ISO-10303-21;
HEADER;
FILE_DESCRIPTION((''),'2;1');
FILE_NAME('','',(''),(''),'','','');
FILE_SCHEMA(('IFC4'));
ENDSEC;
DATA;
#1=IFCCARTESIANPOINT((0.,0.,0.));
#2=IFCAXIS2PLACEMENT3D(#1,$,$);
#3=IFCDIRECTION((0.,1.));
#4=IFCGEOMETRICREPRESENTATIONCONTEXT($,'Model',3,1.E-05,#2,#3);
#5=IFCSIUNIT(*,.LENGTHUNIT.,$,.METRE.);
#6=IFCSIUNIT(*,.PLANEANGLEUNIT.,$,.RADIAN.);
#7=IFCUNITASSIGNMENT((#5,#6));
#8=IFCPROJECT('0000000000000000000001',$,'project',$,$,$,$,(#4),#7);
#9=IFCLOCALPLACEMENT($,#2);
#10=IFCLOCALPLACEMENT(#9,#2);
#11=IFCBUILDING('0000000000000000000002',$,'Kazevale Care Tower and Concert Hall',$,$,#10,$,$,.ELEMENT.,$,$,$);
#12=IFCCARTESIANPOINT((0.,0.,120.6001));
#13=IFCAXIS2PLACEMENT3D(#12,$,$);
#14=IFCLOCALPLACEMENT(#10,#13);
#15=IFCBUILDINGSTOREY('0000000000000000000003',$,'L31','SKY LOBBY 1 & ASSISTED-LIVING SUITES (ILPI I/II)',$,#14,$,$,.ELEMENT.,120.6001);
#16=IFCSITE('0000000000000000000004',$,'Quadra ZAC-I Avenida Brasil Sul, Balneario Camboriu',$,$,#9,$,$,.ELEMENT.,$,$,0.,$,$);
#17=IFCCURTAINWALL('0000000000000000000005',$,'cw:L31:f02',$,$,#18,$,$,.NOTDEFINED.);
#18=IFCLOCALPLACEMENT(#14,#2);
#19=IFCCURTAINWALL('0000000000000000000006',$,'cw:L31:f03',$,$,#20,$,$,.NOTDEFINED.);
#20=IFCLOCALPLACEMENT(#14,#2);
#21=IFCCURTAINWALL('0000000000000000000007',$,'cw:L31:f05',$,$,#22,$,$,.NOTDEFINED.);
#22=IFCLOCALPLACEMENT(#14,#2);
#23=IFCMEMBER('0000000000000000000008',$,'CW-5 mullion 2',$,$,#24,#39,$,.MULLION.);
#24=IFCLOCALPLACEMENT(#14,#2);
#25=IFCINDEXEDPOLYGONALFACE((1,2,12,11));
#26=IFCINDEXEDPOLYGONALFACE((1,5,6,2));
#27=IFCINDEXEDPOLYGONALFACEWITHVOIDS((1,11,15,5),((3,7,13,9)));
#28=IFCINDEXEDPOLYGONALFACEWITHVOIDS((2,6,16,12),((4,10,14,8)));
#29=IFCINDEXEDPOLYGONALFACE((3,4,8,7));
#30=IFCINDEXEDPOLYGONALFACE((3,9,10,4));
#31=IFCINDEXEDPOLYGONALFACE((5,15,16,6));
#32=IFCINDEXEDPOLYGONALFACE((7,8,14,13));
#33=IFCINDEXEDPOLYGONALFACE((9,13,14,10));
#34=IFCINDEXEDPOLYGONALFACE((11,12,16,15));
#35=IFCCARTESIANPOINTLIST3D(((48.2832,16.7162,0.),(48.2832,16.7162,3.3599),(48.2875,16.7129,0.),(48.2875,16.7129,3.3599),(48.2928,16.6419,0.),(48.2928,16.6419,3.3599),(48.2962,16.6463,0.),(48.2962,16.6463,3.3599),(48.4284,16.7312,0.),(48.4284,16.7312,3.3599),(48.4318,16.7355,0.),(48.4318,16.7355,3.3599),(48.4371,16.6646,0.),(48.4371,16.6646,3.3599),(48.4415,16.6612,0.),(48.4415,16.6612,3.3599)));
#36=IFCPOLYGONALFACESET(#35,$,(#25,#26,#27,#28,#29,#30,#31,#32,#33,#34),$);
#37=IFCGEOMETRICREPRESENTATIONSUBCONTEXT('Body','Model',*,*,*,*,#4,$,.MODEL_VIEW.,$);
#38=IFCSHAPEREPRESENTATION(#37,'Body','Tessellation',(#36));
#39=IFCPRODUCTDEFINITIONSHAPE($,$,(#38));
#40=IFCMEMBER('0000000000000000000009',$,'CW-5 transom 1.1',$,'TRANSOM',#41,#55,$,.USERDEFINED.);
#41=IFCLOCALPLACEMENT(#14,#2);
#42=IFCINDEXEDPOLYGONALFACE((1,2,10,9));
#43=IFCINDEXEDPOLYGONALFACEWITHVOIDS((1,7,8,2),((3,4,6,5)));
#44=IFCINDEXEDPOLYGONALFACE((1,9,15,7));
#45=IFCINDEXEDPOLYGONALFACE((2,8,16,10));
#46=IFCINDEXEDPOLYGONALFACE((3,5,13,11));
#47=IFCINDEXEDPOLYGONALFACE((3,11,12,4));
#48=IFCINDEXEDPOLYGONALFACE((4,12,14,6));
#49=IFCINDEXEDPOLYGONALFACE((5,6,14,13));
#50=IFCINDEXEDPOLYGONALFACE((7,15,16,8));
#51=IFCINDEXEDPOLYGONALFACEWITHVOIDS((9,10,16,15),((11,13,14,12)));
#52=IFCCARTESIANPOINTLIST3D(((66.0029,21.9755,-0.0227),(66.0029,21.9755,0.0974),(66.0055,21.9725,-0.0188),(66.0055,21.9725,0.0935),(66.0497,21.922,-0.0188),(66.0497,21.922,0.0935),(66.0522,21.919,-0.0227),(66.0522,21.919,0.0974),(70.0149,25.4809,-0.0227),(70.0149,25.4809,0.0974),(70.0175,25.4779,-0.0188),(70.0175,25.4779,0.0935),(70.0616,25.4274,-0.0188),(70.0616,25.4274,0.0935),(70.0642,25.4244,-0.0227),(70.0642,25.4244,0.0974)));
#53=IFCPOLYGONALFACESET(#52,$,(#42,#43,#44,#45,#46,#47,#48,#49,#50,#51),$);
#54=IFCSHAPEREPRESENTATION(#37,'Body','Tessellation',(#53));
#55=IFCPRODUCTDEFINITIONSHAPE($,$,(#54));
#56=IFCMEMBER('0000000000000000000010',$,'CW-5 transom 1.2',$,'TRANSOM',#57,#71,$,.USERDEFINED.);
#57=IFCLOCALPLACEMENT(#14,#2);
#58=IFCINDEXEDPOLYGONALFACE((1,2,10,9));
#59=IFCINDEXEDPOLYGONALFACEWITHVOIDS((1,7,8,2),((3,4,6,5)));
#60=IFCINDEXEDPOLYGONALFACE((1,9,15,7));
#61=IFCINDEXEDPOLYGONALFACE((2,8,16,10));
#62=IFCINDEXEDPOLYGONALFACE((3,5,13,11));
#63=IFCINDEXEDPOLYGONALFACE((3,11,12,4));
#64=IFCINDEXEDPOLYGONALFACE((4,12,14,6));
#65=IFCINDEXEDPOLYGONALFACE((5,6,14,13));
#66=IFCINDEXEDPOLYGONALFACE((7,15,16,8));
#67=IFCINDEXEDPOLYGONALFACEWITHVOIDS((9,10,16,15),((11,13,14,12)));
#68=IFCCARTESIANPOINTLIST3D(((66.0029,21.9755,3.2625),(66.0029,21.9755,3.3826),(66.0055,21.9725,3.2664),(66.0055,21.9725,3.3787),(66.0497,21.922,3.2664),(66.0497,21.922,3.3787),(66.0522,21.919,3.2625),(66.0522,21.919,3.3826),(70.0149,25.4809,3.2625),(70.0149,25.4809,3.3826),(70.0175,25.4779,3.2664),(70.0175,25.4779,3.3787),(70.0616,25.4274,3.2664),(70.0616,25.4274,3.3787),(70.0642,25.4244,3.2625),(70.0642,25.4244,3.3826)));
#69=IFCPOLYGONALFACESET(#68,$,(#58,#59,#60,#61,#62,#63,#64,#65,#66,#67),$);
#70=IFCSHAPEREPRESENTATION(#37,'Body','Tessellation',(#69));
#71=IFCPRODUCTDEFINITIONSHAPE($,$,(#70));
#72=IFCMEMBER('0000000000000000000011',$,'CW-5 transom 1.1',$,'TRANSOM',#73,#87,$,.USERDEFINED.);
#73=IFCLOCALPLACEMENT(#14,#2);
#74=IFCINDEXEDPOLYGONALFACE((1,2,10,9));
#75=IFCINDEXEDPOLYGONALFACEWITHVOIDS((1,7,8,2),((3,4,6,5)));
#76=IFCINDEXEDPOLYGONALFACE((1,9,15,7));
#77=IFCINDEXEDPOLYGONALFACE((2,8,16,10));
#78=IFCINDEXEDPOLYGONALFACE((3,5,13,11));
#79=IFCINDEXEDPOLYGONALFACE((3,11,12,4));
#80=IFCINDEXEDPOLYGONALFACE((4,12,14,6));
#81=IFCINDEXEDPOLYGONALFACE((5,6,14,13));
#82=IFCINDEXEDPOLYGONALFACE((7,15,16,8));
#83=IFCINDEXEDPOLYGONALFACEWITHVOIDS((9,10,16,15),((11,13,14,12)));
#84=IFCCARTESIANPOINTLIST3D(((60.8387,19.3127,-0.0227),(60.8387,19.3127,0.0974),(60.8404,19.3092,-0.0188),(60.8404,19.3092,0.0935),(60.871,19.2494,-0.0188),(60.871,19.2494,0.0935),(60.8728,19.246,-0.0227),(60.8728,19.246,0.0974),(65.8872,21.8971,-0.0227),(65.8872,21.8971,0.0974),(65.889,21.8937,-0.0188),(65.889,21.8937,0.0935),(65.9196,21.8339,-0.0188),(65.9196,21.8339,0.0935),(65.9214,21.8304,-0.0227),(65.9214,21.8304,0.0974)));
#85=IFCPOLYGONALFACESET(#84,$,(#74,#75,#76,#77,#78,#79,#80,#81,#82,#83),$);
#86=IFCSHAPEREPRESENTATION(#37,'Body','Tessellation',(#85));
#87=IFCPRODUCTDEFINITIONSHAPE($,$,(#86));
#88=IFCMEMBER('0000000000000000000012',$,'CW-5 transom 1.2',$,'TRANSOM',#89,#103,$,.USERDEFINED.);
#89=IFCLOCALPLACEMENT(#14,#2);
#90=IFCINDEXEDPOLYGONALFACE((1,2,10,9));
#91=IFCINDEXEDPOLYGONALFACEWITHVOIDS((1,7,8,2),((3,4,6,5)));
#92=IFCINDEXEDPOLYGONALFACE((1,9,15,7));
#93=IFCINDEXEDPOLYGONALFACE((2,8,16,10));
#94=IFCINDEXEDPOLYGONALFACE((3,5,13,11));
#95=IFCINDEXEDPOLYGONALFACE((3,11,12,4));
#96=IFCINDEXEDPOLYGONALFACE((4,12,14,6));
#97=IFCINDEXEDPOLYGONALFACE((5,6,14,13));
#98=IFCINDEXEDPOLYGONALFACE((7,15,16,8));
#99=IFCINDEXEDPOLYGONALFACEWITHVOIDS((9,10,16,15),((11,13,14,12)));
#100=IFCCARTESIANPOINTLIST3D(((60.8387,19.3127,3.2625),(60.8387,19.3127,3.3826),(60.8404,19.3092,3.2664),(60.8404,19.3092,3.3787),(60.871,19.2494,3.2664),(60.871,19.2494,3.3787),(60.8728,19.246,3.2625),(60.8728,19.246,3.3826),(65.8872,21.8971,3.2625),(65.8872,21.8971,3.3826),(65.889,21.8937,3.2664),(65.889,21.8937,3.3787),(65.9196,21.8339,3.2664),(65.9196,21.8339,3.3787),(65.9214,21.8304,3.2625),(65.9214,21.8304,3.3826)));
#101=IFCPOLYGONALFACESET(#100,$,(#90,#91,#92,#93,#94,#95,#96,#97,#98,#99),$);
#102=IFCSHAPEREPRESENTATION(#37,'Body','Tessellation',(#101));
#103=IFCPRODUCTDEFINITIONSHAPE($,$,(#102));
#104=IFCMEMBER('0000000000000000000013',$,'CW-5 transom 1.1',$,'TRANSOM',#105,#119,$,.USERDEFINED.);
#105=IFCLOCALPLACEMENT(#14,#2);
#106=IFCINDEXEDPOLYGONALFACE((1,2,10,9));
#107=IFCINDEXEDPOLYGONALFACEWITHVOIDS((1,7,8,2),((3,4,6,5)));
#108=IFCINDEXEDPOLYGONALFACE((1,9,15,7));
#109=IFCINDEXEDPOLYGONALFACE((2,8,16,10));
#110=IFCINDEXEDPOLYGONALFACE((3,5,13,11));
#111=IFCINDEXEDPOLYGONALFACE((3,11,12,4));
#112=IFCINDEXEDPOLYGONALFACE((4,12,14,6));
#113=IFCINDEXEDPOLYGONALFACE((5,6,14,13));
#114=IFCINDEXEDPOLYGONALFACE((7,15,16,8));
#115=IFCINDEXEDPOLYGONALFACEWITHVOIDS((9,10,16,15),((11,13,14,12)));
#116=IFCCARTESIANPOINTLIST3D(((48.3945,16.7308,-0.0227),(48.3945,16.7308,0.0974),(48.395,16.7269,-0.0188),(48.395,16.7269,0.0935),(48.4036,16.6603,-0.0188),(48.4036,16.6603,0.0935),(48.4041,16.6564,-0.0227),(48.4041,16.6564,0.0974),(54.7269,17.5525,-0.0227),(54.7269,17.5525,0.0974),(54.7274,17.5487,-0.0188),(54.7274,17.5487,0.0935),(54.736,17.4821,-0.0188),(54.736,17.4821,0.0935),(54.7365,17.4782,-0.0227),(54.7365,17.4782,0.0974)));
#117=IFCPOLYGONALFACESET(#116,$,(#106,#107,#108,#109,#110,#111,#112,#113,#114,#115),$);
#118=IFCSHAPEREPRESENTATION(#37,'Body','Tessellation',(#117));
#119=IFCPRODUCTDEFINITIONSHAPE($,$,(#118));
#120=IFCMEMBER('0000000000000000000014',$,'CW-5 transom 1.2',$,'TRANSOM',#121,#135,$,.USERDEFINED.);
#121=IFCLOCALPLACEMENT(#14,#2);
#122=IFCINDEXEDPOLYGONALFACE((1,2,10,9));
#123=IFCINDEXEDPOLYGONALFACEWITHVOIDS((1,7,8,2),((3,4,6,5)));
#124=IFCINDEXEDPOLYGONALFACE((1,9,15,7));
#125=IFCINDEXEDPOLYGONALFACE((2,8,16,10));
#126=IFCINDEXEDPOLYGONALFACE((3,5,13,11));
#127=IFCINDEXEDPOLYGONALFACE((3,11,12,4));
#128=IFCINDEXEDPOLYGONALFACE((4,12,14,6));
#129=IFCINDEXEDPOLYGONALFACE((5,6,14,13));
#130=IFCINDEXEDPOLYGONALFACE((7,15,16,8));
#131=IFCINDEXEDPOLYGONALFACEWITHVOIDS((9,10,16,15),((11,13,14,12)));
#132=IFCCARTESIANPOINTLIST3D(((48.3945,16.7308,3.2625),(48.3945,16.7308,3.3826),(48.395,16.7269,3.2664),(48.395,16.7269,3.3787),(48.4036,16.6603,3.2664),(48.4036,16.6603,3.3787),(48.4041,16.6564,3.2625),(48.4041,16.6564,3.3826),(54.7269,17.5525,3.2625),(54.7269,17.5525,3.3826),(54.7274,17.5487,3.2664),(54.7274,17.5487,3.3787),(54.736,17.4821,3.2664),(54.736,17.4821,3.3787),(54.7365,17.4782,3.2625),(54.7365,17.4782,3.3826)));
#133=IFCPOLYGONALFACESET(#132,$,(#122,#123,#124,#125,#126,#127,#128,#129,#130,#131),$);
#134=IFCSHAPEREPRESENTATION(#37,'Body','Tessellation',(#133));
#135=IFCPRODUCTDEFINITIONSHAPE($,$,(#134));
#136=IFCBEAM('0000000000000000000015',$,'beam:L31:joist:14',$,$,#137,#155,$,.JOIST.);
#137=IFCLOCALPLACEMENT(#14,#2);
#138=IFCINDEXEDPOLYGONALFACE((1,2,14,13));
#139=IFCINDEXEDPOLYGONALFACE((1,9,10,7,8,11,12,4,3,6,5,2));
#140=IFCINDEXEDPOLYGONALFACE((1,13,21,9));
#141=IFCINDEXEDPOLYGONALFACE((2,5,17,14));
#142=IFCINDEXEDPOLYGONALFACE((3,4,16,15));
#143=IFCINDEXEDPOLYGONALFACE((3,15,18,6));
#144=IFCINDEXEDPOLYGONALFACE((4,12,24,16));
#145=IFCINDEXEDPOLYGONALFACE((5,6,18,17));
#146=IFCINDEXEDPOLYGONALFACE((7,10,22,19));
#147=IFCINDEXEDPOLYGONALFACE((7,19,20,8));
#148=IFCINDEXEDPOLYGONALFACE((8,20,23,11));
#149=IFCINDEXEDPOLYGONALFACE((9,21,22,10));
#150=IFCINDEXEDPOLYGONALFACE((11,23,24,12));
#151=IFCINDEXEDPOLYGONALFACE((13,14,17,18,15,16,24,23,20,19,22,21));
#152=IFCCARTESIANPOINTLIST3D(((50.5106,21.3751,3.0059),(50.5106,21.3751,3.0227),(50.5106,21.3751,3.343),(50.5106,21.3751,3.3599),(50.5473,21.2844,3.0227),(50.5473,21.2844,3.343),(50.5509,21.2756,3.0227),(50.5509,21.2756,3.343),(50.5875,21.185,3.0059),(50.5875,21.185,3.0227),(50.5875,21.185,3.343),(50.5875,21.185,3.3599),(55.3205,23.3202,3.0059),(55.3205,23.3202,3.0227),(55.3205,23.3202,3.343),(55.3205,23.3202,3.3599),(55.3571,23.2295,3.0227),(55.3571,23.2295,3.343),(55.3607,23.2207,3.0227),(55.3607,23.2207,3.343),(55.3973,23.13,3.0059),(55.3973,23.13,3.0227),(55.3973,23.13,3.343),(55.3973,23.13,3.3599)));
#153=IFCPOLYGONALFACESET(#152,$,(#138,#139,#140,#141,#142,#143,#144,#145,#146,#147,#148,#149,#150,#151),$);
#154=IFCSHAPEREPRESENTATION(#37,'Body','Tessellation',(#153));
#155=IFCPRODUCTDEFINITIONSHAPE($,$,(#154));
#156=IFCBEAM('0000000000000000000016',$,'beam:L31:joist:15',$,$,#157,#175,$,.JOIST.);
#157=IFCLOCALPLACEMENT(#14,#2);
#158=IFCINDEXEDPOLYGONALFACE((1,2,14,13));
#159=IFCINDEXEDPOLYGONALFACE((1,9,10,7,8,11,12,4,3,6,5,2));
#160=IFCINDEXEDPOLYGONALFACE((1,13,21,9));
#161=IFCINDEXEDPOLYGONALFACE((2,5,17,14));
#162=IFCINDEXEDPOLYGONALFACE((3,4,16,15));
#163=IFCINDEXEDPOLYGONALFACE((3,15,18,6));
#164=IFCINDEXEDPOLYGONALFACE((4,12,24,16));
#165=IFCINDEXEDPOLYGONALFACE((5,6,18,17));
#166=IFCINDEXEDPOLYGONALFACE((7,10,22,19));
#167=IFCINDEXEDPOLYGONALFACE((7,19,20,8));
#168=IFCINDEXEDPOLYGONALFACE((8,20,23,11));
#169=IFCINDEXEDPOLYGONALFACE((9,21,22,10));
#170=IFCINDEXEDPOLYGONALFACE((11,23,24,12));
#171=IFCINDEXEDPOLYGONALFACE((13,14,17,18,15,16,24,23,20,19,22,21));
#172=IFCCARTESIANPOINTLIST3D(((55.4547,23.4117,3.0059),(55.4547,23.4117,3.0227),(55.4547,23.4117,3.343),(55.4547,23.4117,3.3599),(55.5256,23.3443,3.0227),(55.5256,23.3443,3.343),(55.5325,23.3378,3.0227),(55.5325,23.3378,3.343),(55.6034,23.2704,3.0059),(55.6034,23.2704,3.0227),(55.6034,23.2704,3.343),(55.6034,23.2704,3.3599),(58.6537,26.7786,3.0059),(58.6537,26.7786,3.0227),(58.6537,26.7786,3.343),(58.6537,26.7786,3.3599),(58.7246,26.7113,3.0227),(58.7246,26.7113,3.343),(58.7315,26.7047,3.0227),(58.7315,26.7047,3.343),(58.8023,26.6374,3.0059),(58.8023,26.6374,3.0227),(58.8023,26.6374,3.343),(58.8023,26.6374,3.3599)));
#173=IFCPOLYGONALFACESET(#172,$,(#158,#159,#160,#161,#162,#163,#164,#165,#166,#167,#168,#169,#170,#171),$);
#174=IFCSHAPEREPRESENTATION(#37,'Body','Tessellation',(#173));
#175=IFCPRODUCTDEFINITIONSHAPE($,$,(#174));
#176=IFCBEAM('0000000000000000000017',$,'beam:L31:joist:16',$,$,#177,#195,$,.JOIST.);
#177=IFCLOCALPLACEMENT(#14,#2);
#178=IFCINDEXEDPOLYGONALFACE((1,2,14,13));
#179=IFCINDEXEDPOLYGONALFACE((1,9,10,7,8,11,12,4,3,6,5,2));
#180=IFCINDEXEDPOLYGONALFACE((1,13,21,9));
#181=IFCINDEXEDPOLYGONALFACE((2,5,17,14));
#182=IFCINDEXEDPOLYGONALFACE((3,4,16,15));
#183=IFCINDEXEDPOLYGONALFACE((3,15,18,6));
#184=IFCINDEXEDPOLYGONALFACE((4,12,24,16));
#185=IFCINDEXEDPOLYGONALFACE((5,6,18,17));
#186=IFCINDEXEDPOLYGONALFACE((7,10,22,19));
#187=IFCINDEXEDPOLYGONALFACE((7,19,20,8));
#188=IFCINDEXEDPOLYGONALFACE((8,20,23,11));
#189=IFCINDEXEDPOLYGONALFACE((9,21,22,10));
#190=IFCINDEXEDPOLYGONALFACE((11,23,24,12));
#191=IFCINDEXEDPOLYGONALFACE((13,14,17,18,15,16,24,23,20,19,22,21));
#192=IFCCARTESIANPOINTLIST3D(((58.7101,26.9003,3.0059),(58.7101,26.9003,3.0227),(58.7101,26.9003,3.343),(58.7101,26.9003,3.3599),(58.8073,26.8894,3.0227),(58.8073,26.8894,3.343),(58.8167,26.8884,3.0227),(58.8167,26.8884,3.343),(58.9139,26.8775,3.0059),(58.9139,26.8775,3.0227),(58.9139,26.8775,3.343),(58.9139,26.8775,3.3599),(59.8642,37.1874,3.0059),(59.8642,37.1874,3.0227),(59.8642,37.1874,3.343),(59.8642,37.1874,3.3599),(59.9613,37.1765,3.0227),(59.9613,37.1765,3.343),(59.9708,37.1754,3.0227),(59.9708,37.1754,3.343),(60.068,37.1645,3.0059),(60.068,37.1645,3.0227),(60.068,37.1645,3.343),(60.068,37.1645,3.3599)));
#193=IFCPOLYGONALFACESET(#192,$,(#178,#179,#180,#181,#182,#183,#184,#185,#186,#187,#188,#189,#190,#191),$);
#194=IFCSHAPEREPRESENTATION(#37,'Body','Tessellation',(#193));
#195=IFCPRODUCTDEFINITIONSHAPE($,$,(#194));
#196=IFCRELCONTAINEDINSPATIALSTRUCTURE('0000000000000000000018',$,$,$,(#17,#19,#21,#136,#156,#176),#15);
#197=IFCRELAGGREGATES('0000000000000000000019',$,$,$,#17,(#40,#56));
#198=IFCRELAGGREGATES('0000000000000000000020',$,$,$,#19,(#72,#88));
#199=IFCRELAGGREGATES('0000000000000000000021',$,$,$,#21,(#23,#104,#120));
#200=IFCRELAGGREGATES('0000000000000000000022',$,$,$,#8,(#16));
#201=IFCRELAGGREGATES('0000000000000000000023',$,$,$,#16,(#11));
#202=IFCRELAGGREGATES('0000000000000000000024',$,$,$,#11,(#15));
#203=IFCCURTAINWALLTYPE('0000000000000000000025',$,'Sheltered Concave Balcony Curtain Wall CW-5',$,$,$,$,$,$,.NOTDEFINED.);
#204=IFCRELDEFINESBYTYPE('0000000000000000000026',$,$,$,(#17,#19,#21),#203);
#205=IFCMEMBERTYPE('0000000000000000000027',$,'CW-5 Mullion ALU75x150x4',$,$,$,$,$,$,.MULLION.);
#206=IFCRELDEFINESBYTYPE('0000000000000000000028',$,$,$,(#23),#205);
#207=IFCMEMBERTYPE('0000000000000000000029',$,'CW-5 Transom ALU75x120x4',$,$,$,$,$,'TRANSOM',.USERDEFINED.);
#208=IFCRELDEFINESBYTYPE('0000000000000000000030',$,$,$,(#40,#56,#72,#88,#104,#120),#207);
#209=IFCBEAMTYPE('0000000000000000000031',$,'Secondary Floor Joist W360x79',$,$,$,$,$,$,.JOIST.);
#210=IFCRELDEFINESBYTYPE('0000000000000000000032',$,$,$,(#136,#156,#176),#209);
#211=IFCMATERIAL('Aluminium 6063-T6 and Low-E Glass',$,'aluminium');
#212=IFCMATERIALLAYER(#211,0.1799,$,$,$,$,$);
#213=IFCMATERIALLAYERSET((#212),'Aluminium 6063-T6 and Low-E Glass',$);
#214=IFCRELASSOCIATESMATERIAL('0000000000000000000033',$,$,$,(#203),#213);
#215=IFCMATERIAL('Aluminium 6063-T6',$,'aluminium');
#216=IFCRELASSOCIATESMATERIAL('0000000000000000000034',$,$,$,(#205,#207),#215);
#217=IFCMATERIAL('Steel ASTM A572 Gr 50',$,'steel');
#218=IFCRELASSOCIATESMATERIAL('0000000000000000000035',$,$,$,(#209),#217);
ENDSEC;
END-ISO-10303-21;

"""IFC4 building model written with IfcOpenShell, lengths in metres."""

from ifc_helpers import new_model, si_unit, direction, frame, origin, origin_2d, place, context, subcontext, project, spatial, hollow_rectangle, i_section, extrude, material, layer, layer_set, material_profile, profile_set, type_object, element, aggregate, save


model = new_model("IFC4")

# Units and contexts
model_context = context("Model", 3, precision=1e-05, world=origin(), true_north=direction((0.0, 1.0)))
body_context = subcontext(model_context, "Body", "Model", "MODEL_VIEW")
ifc_project = project(units=[si_unit("LENGTHUNIT", "METRE"), si_unit("PLANEANGLEUNIT", "RADIAN")], contexts=[model_context])

# Site, building, storey
site_placement = place(None, origin())
site = spatial("IfcSite", under=ifc_project, at=site_placement, Name="Quadra ZAC-I Avenida Brasil Sul, Balneario Camboriu", CompositionType="ELEMENT", RefElevation=0.0)
building_placement = place(site_placement, origin())
building = spatial("IfcBuilding", under=site, at=building_placement, Name="Kazevale Care Tower and Concert Hall", CompositionType="ELEMENT")
storey_placement = place(building_placement, frame((0.0, 0.0, 120.6001)))
storey = spatial("IfcBuildingStorey", under=building, at=storey_placement, Name="L31", Description="SKY LOBBY 1 & ASSISTED-LIVING SUITES (ILPI I/II)", CompositionType="ELEMENT", Elevation=120.6001)

# Curtain walls, member
ifc_material_1 = material(Name="Aluminium 6063-T6 and Low-E Glass", Category="aluminium")
ifc_layer_1 = layer(ifc_material_1, 0.1799)
ifc_layer_set_1 = layer_set([ifc_layer_1], Name="Aluminium 6063-T6 and Low-E Glass")
curtain_wall_type = type_object("IfcCurtainWallType", Name="Sheltered Concave Balcony Curtain Wall CW-5", PredefinedType="NOTDEFINED", material=ifc_layer_set_1)
curtain_wall_1_placement = place(storey_placement, origin())
curtain_wall_1 = element("IfcCurtainWall", 1, at=curtain_wall_1_placement, inside=storey, type_object=curtain_wall_type, Name="cw:L31:f02", PredefinedType="NOTDEFINED")
ifc_material_2 = material(Name="Aluminium 6063-T6", Category="aluminium")
ifc_material_profile_1 = material_profile(ifc_material_2, hollow_rectangle(XDim=0.075, YDim=0.1499, WallThickness=0.0039, at=origin_2d()), Name="ALU75x150x4")
ifc_profile_set_1 = profile_set([ifc_material_profile_1], Name="Aluminium 6063-T6")
member_type_1 = type_object("IfcMemberType", Name="CW-5 Mullion ALU75x150x4", PredefinedType="MULLION", material=ifc_profile_set_1)
curtain_wall_2_placement = place(storey_placement, origin())
curtain_wall_2 = element("IfcCurtainWall", 2, at=curtain_wall_2_placement, inside=storey, type_object=curtain_wall_type, Name="cw:L31:f03", PredefinedType="NOTDEFINED")
curtain_wall_3_placement = place(storey_placement, origin())
curtain_wall_3 = element("IfcCurtainWall", 3, at=curtain_wall_3_placement, inside=storey, type_object=curtain_wall_type, Name="cw:L31:f05", PredefinedType="NOTDEFINED")
member_1_placement = place(storey_placement, frame((48.3623, 16.6887, 0.0), z_axis=(0.0, 0.0, 1.0), x_axis=(0.128685, -0.991686, 0.0)))
member_1 = element("IfcMember", 4, at=member_1_placement, type_object=member_type_1, Name="CW-5 mullion 2", PredefinedType="MULLION", context=body_context, shape_type="SweptSolid", body=[
    extrude(hollow_rectangle(XDim=0.075, YDim=0.1499, WallThickness=0.0039, at=origin_2d()), origin(), (0.0, 0.0, 1.0), 3.3599),
])

# Members
ifc_material_profile_2 = material_profile(ifc_material_2, hollow_rectangle(XDim=0.075, YDim=0.1201, WallThickness=0.0039, at=origin_2d()), Name="ALU75x120x4")
ifc_profile_set_2 = profile_set([ifc_material_profile_2], Name="Aluminium 6063-T6")
member_type_2 = type_object("IfcMemberType", Name="CW-5 Transom ALU75x120x4", ElementType="TRANSOM", PredefinedType="USERDEFINED", material=ifc_profile_set_2)
member_2_placement = place(storey_placement, frame((70.0396, 25.4526, 0.0374), z_axis=(-0.753051, -0.657963, 0.0), x_axis=(0.657963, -0.753051, 0.0)))
member_2 = element("IfcMember", 5, at=member_2_placement, type_object=member_type_2, Name="CW-5 transom 1.1", ObjectType="TRANSOM", PredefinedType="USERDEFINED", context=body_context, shape_type="SweptSolid", body=[
    extrude(hollow_rectangle(XDim=0.075, YDim=0.1201, WallThickness=0.0039, at=origin_2d()), origin(), (0.0, 0.0, 1.0), 5.3276),
])
member_3_placement = place(storey_placement, frame((70.0396, 25.4526, 3.3225), z_axis=(-0.753051, -0.657963, 0.0), x_axis=(0.657963, -0.753051, 0.0)))
member_3 = element("IfcMember", 6, at=member_3_placement, type_object=member_type_2, Name="CW-5 transom 1.2", ObjectType="TRANSOM", PredefinedType="USERDEFINED", context=body_context, shape_type="SweptSolid", body=[
    extrude(hollow_rectangle(XDim=0.075, YDim=0.1201, WallThickness=0.0039, at=origin_2d()), origin(), (0.0, 0.0, 1.0), 5.3276),
])
member_4_placement = place(storey_placement, frame((65.9043, 21.8638, 0.0374), z_axis=(-0.890143, -0.455682, 0.0), x_axis=(0.455682, -0.890143, 0.0)))
member_4 = element("IfcMember", 7, at=member_4_placement, type_object=member_type_2, Name="CW-5 transom 1.1", ObjectType="TRANSOM", PredefinedType="USERDEFINED", context=body_context, shape_type="SweptSolid", body=[
    extrude(hollow_rectangle(XDim=0.075, YDim=0.1201, WallThickness=0.0039, at=origin_2d()), origin(), (0.0, 0.0, 1.0), 5.6716),
])
member_5_placement = place(storey_placement, frame((65.9043, 21.8638, 3.3225), z_axis=(-0.890143, -0.455682, 0.0), x_axis=(0.455682, -0.890143, 0.0)))
member_5 = element("IfcMember", 8, at=member_5_placement, type_object=member_type_2, Name="CW-5 transom 1.2", ObjectType="TRANSOM", PredefinedType="USERDEFINED", context=body_context, shape_type="SweptSolid", body=[
    extrude(hollow_rectangle(XDim=0.075, YDim=0.1201, WallThickness=0.0039, at=origin_2d()), origin(), (0.0, 0.0, 1.0), 5.6716),
])
member_6_placement = place(storey_placement, frame((54.7317, 17.5154, 0.0374), z_axis=(-0.991684, -0.128697, 0.0), x_axis=(0.128697, -0.991684, 0.0)))
member_6 = element("IfcMember", 9, at=member_6_placement, type_object=member_type_2, Name="CW-5 transom 1.1", ObjectType="TRANSOM", PredefinedType="USERDEFINED", context=body_context, shape_type="SweptSolid", body=[
    extrude(hollow_rectangle(XDim=0.075, YDim=0.1201, WallThickness=0.0039, at=origin_2d()), origin(), (0.0, 0.0, 1.0), 6.3855),
])
member_7_placement = place(storey_placement, frame((54.7317, 17.5154, 3.3225), z_axis=(-0.991684, -0.128697, 0.0), x_axis=(0.128697, -0.991684, 0.0)))
member_7 = element("IfcMember", 10, at=member_7_placement, type_object=member_type_2, Name="CW-5 transom 1.2", ObjectType="TRANSOM", PredefinedType="USERDEFINED", context=body_context, shape_type="SweptSolid", body=[
    extrude(hollow_rectangle(XDim=0.075, YDim=0.1201, WallThickness=0.0039, at=origin_2d()), origin(), (0.0, 0.0, 1.0), 6.3855),
])

# Beams
ifc_material_3 = material(Name="Steel ASTM A572 Gr 50", Category="steel")
ifc_material_profile_3 = material_profile(ifc_material_3, i_section(OverallWidth=0.2051, OverallDepth=0.354, WebThickness=0.0095, FlangeThickness=0.0168, at=origin_2d()), Name="W360x79")
ifc_profile_set_3 = profile_set([ifc_material_profile_3], Name="Steel ASTM A572 Gr 50")
beam_type_1 = type_object("IfcBeamType", Name="Secondary Floor Joist W360x79", PredefinedType="JOIST", material=ifc_profile_set_3)
beam_1_placement = place(storey_placement, frame((50.5491, 21.28, 3.1829), z_axis=(0.927065, 0.374901, 0.0), x_axis=(-0.374901, 0.927065, 0.0)))
element("IfcBeam", 11, at=beam_1_placement, inside=storey, type_object=beam_type_1, Name="beam:L31:joist:14", PredefinedType="JOIST", context=body_context, shape_type="SweptSolid", body=[
    extrude(i_section(OverallWidth=0.2051, OverallDepth=0.354, WebThickness=0.0095, FlangeThickness=0.0168, at=origin_2d()), origin(), (0.0, 0.0, 1.0), 5.1882),
])
beam_2_placement = place(storey_placement, frame((55.5291, 23.3411, 3.1829), z_axis=(0.688792, 0.724959, 0.0), x_axis=(-0.724959, 0.688792, 0.0)))
element("IfcBeam", 12, at=beam_2_placement, inside=storey, type_object=beam_type_1, Name="beam:L31:joist:15", PredefinedType="JOIST", context=body_context, shape_type="SweptSolid", body=[
    extrude(i_section(OverallWidth=0.2051, OverallDepth=0.354, WebThickness=0.0095, FlangeThickness=0.0168, at=origin_2d()), origin(), (0.0, 0.0, 1.0), 4.6443),
])
beam_3_placement = place(storey_placement, frame((58.812, 26.8889, 3.1829), z_axis=(0.111485, 0.993766, 0.0), x_axis=(-0.993766, 0.111485, 0.0)))
element("IfcBeam", 13, at=beam_3_placement, inside=storey, type_object=beam_type_1, Name="beam:L31:joist:16", PredefinedType="JOIST", context=body_context, shape_type="SweptSolid", body=[
    extrude(i_section(OverallWidth=0.2051, OverallDepth=0.354, WebThickness=0.0095, FlangeThickness=0.0168, at=origin_2d()), origin(), (0.0, 0.0, 1.0), 10.3516),
])

aggregate(curtain_wall_1, [member_2, member_3])
aggregate(curtain_wall_2, [member_4, member_5])
aggregate(curtain_wall_3, [member_1, member_6, member_7])

save(model, "model.ifc")
